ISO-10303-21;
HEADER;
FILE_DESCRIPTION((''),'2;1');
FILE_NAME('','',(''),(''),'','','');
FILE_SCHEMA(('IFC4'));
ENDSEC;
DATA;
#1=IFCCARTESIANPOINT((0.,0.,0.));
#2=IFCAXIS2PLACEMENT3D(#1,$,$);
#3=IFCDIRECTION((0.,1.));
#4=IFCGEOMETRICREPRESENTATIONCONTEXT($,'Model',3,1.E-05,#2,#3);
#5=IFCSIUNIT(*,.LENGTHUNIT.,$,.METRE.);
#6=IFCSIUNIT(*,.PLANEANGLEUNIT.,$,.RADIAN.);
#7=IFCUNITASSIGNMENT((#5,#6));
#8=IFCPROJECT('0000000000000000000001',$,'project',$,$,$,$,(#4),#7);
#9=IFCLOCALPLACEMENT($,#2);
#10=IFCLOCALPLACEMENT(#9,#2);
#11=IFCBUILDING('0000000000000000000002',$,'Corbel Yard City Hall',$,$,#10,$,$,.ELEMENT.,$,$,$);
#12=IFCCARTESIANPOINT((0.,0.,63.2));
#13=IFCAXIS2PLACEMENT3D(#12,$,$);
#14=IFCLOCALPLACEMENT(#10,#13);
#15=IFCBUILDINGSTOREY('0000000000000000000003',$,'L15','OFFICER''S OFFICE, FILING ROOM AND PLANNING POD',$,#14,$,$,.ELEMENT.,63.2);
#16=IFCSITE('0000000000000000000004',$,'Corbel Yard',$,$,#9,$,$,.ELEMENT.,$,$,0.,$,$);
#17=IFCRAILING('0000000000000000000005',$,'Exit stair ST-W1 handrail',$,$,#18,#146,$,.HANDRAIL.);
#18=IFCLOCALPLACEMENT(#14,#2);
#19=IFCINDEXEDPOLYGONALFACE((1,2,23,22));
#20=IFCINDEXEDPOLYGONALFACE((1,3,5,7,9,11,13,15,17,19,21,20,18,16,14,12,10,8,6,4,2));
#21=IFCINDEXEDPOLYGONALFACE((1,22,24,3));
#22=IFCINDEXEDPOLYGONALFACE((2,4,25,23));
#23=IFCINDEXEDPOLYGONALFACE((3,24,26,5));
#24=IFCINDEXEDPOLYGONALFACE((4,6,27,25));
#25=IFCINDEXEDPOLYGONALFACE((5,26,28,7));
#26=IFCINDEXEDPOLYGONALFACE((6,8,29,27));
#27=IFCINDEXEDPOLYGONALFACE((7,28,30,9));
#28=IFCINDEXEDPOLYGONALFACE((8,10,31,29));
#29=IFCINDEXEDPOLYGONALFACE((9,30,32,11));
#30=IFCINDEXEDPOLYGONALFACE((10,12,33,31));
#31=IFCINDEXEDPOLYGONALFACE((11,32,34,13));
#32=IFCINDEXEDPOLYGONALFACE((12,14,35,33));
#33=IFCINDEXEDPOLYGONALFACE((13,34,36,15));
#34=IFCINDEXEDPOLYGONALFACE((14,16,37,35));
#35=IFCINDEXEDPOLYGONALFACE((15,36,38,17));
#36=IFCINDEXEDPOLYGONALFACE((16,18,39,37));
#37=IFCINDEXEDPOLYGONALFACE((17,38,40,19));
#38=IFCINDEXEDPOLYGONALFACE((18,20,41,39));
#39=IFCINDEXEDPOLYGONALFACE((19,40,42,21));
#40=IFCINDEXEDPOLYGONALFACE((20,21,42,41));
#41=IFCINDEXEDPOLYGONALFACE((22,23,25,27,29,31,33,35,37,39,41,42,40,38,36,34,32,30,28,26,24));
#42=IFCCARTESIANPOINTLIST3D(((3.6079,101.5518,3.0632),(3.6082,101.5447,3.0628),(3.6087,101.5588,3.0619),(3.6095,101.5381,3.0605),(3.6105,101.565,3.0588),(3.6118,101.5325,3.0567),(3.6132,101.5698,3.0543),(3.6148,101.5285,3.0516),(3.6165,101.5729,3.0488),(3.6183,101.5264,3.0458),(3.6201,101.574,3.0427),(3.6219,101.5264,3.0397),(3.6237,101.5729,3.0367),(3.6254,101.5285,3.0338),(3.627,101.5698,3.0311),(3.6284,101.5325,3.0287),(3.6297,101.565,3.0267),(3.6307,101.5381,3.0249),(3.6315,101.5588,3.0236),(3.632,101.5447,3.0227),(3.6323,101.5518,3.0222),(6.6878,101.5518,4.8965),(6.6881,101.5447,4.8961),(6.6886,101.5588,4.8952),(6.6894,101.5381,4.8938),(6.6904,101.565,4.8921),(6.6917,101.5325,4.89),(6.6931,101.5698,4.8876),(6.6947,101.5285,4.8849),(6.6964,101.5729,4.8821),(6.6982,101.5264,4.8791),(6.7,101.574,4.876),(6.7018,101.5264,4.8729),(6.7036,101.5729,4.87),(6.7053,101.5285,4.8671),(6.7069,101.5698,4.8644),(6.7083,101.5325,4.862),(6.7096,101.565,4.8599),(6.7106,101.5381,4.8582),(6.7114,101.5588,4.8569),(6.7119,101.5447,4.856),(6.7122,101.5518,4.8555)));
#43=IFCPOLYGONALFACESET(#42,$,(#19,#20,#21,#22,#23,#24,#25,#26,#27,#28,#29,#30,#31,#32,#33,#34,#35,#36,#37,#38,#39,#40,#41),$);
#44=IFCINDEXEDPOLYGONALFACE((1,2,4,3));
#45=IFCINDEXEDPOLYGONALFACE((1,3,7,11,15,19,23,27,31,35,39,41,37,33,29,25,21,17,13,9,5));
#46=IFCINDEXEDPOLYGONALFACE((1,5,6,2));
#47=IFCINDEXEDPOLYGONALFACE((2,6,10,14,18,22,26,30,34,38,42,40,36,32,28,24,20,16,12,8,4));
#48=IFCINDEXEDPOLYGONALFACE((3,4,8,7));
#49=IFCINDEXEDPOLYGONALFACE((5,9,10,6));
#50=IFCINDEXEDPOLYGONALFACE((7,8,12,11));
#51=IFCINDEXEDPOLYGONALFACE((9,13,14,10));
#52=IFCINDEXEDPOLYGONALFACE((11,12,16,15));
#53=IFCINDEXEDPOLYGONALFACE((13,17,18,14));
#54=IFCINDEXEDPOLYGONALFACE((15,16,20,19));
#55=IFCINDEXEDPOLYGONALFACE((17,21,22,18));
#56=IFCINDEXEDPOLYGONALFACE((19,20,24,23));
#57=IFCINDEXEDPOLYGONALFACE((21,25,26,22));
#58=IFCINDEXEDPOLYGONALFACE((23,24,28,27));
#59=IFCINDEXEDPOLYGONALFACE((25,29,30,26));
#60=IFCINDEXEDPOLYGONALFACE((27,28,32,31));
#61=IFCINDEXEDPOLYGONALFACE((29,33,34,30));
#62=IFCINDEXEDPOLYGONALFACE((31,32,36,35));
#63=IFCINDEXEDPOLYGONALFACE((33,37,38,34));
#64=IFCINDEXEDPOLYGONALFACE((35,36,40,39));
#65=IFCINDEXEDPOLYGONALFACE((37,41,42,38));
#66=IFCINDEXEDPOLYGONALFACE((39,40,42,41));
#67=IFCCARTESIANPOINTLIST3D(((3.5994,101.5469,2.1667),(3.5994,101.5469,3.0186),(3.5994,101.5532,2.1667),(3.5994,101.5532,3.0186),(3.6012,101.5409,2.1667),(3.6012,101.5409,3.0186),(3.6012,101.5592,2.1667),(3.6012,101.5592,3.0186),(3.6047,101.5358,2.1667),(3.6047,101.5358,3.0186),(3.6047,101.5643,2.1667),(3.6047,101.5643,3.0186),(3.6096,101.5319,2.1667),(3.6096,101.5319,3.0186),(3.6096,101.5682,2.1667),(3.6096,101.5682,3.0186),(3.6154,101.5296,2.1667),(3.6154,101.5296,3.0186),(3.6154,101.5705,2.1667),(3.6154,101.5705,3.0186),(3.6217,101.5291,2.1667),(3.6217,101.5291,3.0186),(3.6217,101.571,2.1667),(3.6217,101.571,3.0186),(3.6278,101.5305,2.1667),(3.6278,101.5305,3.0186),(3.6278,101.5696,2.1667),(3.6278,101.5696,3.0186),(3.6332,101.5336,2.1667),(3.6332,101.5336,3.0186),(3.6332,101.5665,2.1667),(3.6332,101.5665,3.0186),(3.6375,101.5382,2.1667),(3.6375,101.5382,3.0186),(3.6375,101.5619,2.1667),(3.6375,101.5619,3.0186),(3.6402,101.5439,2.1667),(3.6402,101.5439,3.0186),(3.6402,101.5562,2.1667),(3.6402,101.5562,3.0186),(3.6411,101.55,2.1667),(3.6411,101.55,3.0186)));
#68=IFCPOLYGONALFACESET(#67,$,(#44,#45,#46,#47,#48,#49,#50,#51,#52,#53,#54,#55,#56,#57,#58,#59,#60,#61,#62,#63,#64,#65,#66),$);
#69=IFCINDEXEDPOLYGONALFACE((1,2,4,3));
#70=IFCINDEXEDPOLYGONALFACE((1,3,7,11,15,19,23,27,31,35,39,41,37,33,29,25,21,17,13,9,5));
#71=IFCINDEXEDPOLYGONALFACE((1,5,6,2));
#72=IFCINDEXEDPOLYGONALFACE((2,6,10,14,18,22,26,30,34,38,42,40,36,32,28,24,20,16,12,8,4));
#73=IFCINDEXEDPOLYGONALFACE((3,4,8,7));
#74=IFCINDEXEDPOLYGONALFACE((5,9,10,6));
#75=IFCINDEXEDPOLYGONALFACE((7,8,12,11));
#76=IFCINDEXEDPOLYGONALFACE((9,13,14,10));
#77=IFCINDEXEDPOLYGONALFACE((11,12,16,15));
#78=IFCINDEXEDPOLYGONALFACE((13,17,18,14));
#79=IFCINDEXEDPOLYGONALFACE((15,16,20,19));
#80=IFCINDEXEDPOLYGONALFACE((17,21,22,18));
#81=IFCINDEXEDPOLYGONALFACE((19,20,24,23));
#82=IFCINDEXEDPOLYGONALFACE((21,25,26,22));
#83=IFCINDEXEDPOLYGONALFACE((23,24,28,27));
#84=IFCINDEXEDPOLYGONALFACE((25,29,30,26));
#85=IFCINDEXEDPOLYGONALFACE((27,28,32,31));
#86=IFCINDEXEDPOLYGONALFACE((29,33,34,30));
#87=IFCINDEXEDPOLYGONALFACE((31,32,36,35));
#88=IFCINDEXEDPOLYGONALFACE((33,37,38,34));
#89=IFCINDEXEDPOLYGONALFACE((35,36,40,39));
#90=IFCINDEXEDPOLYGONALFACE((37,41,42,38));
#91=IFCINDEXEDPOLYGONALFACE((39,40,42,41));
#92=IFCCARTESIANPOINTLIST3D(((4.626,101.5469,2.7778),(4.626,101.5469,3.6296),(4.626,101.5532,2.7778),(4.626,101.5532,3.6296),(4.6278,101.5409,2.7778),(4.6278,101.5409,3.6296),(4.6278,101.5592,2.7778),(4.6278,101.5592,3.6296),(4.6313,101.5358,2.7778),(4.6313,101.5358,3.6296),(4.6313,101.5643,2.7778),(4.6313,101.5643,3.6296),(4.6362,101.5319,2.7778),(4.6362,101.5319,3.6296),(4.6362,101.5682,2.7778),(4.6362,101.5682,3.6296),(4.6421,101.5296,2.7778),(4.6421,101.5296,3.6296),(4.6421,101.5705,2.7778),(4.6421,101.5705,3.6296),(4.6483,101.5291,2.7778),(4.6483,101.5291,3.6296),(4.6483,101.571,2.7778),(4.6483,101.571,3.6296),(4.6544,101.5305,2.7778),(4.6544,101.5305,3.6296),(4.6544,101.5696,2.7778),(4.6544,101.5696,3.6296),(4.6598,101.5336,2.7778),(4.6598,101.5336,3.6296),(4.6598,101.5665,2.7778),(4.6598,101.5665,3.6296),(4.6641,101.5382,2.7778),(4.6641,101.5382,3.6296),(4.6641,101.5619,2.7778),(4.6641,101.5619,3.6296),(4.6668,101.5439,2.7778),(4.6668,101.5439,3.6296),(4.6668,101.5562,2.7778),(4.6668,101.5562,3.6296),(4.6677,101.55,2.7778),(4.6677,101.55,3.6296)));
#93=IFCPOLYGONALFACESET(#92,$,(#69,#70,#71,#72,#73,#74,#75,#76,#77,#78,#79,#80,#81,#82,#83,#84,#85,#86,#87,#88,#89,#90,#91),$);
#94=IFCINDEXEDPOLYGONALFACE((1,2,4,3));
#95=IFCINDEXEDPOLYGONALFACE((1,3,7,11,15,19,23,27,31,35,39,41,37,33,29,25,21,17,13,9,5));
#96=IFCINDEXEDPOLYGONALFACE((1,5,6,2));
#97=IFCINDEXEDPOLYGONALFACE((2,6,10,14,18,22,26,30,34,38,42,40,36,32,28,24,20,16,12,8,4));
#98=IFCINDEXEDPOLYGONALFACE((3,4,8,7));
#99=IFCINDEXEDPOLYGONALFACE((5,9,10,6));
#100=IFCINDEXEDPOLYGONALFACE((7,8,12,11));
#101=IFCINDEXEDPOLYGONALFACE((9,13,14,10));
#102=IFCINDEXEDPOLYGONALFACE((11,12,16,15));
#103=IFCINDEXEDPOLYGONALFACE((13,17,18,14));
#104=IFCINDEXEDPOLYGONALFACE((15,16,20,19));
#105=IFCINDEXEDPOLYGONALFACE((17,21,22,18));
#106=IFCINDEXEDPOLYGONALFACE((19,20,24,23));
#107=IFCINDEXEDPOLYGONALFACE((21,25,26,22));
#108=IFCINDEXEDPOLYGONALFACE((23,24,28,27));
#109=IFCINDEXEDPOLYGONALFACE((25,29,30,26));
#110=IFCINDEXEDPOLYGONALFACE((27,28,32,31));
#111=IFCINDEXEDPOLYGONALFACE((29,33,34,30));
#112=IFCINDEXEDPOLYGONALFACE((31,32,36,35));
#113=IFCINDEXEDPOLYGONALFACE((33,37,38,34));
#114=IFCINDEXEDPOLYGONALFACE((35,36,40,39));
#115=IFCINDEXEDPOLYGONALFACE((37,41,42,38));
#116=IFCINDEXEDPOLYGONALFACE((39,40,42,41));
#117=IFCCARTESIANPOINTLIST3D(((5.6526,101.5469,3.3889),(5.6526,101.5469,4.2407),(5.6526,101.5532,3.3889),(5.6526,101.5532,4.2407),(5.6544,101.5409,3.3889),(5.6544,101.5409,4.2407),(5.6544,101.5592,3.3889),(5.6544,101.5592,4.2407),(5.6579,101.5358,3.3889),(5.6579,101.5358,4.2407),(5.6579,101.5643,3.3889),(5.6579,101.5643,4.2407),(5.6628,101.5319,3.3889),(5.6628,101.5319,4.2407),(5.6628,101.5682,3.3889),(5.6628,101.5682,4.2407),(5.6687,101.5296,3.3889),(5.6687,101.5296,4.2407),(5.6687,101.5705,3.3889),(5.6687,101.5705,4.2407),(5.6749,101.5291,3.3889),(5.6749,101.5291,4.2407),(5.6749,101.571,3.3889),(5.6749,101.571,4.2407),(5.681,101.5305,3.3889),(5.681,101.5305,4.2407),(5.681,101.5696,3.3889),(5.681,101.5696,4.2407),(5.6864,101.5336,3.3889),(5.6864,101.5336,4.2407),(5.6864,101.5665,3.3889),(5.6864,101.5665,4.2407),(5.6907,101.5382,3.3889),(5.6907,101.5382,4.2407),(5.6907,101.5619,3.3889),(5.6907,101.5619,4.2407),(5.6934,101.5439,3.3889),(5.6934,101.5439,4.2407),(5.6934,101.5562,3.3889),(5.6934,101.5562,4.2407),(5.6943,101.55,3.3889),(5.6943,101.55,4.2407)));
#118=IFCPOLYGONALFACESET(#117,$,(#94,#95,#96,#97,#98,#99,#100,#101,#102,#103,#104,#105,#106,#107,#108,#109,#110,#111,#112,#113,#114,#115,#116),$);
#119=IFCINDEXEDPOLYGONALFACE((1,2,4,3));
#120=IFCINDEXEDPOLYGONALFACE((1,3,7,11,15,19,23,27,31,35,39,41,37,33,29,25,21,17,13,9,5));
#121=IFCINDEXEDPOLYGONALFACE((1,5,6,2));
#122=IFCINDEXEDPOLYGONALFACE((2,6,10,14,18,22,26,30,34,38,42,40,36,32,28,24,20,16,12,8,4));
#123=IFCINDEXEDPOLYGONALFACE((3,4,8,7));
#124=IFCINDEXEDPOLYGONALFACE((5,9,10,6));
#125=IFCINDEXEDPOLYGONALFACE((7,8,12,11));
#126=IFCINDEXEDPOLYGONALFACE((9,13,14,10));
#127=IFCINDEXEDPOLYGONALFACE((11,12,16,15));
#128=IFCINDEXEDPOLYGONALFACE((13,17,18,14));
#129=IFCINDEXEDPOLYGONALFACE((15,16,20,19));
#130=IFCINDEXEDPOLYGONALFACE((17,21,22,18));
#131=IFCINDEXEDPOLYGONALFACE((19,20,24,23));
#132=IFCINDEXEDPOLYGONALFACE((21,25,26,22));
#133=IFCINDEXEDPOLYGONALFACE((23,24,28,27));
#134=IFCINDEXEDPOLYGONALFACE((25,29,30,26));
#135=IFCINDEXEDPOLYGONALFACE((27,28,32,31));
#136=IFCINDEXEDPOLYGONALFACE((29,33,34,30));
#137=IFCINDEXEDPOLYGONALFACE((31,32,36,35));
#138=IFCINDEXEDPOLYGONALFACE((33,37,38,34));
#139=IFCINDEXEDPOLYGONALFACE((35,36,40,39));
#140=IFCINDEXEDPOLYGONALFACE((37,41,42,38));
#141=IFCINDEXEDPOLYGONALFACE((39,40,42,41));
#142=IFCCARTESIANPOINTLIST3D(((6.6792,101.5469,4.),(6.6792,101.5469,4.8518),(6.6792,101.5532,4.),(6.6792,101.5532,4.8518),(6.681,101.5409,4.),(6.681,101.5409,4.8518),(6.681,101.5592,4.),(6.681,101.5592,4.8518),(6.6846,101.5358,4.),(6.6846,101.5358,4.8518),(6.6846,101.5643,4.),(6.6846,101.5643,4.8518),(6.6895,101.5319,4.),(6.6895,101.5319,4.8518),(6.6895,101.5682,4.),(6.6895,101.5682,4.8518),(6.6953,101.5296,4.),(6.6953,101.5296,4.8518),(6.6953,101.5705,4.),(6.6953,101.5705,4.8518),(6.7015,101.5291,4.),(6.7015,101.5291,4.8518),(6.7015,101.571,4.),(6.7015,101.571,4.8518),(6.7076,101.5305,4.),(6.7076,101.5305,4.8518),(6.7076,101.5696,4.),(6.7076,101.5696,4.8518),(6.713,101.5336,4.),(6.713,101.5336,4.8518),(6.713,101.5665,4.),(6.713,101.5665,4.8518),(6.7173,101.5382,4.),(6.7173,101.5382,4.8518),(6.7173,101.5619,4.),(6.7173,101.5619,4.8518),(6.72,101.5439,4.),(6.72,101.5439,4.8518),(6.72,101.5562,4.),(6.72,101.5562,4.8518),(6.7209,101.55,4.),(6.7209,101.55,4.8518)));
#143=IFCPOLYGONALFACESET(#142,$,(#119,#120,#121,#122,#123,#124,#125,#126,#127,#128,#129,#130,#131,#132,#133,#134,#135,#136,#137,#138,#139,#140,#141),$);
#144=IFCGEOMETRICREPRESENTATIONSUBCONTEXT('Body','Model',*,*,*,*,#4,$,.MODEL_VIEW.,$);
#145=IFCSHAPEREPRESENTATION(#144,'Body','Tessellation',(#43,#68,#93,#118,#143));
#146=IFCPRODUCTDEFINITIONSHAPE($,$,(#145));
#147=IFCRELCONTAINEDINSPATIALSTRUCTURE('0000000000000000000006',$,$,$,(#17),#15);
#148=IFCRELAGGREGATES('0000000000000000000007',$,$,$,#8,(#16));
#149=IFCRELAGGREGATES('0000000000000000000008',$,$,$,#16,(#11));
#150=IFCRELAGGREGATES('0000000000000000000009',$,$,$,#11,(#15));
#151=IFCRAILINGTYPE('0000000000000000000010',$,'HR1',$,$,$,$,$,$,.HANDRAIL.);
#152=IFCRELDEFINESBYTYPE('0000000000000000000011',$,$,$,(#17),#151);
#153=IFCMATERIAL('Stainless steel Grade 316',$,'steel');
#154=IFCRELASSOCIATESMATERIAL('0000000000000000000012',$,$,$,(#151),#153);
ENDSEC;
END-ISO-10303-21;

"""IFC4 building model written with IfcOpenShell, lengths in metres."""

from ifc_helpers import new_model, si_unit, direction, frame, origin, origin_2d, place, context, subcontext, project, spatial, circle, extrude, material, type_object, element, save


model = new_model("IFC4")

# Units and contexts
model_context = context("Model", 3, precision=1e-05, world=origin(), true_north=direction((0.0, 1.0)))
body_context = subcontext(model_context, "Body", "Model", "MODEL_VIEW")
ifc_project = project(units=[si_unit("LENGTHUNIT", "METRE"), si_unit("PLANEANGLEUNIT", "RADIAN")], contexts=[model_context])

# Site, building, storey
site_placement = place(None, origin())
site = spatial("IfcSite", under=ifc_project, at=site_placement, Name="Corbel Yard", CompositionType="ELEMENT", RefElevation=0.0)
building_placement = place(site_placement, origin())
building = spatial("IfcBuilding", under=site, at=building_placement, Name="Corbel Yard City Hall", CompositionType="ELEMENT")
storey_placement = place(building_placement, frame((0.0, 0.0, 63.2)))
storey = spatial("IfcBuildingStorey", under=building, at=storey_placement, Name="L15", Description="OFFICER'S OFFICE, FILING ROOM AND PLANNING POD", CompositionType="ELEMENT", Elevation=63.2)

# Railing
ifc_material_1 = material(Name="Stainless steel Grade 316", Category="steel")
railing_type = type_object("IfcRailingType", Name="HR1", PredefinedType="HANDRAIL", material=ifc_material_1)
for number, where, name in (
    (1, (3.6201, 101.55, 2.1667), "Exit stair ST-W1 handrail"),
):
    element("IfcRailing", number, at=place(storey_placement, frame(where)), inside=storey, type_object=railing_type, Name=name, PredefinedType="HANDRAIL", context=body_context, shape_type="SweptSolid", body=[
        extrude(circle(Radius=0.0239, at=origin_2d()), frame((0.0, 0.0, 0.876), z_axis=(0.859291, 0.0, 0.511487), x_axis=(0.0, 1.0, 0.0)), (0.0, 0.0, 1.0), 3.5842),
        extrude(circle(Radius=0.021, at=origin_2d()), origin(), (0.0, 0.0, 1.0), 0.8518),
        extrude(circle(Radius=0.021, at=origin_2d()), frame((1.0266, 0.0, 0.6111)), (0.0, 0.0, 1.0), 0.8518),
        extrude(circle(Radius=0.021, at=origin_2d()), frame((2.0532, 0.0, 1.2222)), (0.0, 0.0, 1.0), 0.8518),
        extrude(circle(Radius=0.021, at=origin_2d()), frame((3.0798, 0.0, 1.8333)), (0.0, 0.0, 1.0), 0.8518),
    ])

save(model, "model.ifc")
